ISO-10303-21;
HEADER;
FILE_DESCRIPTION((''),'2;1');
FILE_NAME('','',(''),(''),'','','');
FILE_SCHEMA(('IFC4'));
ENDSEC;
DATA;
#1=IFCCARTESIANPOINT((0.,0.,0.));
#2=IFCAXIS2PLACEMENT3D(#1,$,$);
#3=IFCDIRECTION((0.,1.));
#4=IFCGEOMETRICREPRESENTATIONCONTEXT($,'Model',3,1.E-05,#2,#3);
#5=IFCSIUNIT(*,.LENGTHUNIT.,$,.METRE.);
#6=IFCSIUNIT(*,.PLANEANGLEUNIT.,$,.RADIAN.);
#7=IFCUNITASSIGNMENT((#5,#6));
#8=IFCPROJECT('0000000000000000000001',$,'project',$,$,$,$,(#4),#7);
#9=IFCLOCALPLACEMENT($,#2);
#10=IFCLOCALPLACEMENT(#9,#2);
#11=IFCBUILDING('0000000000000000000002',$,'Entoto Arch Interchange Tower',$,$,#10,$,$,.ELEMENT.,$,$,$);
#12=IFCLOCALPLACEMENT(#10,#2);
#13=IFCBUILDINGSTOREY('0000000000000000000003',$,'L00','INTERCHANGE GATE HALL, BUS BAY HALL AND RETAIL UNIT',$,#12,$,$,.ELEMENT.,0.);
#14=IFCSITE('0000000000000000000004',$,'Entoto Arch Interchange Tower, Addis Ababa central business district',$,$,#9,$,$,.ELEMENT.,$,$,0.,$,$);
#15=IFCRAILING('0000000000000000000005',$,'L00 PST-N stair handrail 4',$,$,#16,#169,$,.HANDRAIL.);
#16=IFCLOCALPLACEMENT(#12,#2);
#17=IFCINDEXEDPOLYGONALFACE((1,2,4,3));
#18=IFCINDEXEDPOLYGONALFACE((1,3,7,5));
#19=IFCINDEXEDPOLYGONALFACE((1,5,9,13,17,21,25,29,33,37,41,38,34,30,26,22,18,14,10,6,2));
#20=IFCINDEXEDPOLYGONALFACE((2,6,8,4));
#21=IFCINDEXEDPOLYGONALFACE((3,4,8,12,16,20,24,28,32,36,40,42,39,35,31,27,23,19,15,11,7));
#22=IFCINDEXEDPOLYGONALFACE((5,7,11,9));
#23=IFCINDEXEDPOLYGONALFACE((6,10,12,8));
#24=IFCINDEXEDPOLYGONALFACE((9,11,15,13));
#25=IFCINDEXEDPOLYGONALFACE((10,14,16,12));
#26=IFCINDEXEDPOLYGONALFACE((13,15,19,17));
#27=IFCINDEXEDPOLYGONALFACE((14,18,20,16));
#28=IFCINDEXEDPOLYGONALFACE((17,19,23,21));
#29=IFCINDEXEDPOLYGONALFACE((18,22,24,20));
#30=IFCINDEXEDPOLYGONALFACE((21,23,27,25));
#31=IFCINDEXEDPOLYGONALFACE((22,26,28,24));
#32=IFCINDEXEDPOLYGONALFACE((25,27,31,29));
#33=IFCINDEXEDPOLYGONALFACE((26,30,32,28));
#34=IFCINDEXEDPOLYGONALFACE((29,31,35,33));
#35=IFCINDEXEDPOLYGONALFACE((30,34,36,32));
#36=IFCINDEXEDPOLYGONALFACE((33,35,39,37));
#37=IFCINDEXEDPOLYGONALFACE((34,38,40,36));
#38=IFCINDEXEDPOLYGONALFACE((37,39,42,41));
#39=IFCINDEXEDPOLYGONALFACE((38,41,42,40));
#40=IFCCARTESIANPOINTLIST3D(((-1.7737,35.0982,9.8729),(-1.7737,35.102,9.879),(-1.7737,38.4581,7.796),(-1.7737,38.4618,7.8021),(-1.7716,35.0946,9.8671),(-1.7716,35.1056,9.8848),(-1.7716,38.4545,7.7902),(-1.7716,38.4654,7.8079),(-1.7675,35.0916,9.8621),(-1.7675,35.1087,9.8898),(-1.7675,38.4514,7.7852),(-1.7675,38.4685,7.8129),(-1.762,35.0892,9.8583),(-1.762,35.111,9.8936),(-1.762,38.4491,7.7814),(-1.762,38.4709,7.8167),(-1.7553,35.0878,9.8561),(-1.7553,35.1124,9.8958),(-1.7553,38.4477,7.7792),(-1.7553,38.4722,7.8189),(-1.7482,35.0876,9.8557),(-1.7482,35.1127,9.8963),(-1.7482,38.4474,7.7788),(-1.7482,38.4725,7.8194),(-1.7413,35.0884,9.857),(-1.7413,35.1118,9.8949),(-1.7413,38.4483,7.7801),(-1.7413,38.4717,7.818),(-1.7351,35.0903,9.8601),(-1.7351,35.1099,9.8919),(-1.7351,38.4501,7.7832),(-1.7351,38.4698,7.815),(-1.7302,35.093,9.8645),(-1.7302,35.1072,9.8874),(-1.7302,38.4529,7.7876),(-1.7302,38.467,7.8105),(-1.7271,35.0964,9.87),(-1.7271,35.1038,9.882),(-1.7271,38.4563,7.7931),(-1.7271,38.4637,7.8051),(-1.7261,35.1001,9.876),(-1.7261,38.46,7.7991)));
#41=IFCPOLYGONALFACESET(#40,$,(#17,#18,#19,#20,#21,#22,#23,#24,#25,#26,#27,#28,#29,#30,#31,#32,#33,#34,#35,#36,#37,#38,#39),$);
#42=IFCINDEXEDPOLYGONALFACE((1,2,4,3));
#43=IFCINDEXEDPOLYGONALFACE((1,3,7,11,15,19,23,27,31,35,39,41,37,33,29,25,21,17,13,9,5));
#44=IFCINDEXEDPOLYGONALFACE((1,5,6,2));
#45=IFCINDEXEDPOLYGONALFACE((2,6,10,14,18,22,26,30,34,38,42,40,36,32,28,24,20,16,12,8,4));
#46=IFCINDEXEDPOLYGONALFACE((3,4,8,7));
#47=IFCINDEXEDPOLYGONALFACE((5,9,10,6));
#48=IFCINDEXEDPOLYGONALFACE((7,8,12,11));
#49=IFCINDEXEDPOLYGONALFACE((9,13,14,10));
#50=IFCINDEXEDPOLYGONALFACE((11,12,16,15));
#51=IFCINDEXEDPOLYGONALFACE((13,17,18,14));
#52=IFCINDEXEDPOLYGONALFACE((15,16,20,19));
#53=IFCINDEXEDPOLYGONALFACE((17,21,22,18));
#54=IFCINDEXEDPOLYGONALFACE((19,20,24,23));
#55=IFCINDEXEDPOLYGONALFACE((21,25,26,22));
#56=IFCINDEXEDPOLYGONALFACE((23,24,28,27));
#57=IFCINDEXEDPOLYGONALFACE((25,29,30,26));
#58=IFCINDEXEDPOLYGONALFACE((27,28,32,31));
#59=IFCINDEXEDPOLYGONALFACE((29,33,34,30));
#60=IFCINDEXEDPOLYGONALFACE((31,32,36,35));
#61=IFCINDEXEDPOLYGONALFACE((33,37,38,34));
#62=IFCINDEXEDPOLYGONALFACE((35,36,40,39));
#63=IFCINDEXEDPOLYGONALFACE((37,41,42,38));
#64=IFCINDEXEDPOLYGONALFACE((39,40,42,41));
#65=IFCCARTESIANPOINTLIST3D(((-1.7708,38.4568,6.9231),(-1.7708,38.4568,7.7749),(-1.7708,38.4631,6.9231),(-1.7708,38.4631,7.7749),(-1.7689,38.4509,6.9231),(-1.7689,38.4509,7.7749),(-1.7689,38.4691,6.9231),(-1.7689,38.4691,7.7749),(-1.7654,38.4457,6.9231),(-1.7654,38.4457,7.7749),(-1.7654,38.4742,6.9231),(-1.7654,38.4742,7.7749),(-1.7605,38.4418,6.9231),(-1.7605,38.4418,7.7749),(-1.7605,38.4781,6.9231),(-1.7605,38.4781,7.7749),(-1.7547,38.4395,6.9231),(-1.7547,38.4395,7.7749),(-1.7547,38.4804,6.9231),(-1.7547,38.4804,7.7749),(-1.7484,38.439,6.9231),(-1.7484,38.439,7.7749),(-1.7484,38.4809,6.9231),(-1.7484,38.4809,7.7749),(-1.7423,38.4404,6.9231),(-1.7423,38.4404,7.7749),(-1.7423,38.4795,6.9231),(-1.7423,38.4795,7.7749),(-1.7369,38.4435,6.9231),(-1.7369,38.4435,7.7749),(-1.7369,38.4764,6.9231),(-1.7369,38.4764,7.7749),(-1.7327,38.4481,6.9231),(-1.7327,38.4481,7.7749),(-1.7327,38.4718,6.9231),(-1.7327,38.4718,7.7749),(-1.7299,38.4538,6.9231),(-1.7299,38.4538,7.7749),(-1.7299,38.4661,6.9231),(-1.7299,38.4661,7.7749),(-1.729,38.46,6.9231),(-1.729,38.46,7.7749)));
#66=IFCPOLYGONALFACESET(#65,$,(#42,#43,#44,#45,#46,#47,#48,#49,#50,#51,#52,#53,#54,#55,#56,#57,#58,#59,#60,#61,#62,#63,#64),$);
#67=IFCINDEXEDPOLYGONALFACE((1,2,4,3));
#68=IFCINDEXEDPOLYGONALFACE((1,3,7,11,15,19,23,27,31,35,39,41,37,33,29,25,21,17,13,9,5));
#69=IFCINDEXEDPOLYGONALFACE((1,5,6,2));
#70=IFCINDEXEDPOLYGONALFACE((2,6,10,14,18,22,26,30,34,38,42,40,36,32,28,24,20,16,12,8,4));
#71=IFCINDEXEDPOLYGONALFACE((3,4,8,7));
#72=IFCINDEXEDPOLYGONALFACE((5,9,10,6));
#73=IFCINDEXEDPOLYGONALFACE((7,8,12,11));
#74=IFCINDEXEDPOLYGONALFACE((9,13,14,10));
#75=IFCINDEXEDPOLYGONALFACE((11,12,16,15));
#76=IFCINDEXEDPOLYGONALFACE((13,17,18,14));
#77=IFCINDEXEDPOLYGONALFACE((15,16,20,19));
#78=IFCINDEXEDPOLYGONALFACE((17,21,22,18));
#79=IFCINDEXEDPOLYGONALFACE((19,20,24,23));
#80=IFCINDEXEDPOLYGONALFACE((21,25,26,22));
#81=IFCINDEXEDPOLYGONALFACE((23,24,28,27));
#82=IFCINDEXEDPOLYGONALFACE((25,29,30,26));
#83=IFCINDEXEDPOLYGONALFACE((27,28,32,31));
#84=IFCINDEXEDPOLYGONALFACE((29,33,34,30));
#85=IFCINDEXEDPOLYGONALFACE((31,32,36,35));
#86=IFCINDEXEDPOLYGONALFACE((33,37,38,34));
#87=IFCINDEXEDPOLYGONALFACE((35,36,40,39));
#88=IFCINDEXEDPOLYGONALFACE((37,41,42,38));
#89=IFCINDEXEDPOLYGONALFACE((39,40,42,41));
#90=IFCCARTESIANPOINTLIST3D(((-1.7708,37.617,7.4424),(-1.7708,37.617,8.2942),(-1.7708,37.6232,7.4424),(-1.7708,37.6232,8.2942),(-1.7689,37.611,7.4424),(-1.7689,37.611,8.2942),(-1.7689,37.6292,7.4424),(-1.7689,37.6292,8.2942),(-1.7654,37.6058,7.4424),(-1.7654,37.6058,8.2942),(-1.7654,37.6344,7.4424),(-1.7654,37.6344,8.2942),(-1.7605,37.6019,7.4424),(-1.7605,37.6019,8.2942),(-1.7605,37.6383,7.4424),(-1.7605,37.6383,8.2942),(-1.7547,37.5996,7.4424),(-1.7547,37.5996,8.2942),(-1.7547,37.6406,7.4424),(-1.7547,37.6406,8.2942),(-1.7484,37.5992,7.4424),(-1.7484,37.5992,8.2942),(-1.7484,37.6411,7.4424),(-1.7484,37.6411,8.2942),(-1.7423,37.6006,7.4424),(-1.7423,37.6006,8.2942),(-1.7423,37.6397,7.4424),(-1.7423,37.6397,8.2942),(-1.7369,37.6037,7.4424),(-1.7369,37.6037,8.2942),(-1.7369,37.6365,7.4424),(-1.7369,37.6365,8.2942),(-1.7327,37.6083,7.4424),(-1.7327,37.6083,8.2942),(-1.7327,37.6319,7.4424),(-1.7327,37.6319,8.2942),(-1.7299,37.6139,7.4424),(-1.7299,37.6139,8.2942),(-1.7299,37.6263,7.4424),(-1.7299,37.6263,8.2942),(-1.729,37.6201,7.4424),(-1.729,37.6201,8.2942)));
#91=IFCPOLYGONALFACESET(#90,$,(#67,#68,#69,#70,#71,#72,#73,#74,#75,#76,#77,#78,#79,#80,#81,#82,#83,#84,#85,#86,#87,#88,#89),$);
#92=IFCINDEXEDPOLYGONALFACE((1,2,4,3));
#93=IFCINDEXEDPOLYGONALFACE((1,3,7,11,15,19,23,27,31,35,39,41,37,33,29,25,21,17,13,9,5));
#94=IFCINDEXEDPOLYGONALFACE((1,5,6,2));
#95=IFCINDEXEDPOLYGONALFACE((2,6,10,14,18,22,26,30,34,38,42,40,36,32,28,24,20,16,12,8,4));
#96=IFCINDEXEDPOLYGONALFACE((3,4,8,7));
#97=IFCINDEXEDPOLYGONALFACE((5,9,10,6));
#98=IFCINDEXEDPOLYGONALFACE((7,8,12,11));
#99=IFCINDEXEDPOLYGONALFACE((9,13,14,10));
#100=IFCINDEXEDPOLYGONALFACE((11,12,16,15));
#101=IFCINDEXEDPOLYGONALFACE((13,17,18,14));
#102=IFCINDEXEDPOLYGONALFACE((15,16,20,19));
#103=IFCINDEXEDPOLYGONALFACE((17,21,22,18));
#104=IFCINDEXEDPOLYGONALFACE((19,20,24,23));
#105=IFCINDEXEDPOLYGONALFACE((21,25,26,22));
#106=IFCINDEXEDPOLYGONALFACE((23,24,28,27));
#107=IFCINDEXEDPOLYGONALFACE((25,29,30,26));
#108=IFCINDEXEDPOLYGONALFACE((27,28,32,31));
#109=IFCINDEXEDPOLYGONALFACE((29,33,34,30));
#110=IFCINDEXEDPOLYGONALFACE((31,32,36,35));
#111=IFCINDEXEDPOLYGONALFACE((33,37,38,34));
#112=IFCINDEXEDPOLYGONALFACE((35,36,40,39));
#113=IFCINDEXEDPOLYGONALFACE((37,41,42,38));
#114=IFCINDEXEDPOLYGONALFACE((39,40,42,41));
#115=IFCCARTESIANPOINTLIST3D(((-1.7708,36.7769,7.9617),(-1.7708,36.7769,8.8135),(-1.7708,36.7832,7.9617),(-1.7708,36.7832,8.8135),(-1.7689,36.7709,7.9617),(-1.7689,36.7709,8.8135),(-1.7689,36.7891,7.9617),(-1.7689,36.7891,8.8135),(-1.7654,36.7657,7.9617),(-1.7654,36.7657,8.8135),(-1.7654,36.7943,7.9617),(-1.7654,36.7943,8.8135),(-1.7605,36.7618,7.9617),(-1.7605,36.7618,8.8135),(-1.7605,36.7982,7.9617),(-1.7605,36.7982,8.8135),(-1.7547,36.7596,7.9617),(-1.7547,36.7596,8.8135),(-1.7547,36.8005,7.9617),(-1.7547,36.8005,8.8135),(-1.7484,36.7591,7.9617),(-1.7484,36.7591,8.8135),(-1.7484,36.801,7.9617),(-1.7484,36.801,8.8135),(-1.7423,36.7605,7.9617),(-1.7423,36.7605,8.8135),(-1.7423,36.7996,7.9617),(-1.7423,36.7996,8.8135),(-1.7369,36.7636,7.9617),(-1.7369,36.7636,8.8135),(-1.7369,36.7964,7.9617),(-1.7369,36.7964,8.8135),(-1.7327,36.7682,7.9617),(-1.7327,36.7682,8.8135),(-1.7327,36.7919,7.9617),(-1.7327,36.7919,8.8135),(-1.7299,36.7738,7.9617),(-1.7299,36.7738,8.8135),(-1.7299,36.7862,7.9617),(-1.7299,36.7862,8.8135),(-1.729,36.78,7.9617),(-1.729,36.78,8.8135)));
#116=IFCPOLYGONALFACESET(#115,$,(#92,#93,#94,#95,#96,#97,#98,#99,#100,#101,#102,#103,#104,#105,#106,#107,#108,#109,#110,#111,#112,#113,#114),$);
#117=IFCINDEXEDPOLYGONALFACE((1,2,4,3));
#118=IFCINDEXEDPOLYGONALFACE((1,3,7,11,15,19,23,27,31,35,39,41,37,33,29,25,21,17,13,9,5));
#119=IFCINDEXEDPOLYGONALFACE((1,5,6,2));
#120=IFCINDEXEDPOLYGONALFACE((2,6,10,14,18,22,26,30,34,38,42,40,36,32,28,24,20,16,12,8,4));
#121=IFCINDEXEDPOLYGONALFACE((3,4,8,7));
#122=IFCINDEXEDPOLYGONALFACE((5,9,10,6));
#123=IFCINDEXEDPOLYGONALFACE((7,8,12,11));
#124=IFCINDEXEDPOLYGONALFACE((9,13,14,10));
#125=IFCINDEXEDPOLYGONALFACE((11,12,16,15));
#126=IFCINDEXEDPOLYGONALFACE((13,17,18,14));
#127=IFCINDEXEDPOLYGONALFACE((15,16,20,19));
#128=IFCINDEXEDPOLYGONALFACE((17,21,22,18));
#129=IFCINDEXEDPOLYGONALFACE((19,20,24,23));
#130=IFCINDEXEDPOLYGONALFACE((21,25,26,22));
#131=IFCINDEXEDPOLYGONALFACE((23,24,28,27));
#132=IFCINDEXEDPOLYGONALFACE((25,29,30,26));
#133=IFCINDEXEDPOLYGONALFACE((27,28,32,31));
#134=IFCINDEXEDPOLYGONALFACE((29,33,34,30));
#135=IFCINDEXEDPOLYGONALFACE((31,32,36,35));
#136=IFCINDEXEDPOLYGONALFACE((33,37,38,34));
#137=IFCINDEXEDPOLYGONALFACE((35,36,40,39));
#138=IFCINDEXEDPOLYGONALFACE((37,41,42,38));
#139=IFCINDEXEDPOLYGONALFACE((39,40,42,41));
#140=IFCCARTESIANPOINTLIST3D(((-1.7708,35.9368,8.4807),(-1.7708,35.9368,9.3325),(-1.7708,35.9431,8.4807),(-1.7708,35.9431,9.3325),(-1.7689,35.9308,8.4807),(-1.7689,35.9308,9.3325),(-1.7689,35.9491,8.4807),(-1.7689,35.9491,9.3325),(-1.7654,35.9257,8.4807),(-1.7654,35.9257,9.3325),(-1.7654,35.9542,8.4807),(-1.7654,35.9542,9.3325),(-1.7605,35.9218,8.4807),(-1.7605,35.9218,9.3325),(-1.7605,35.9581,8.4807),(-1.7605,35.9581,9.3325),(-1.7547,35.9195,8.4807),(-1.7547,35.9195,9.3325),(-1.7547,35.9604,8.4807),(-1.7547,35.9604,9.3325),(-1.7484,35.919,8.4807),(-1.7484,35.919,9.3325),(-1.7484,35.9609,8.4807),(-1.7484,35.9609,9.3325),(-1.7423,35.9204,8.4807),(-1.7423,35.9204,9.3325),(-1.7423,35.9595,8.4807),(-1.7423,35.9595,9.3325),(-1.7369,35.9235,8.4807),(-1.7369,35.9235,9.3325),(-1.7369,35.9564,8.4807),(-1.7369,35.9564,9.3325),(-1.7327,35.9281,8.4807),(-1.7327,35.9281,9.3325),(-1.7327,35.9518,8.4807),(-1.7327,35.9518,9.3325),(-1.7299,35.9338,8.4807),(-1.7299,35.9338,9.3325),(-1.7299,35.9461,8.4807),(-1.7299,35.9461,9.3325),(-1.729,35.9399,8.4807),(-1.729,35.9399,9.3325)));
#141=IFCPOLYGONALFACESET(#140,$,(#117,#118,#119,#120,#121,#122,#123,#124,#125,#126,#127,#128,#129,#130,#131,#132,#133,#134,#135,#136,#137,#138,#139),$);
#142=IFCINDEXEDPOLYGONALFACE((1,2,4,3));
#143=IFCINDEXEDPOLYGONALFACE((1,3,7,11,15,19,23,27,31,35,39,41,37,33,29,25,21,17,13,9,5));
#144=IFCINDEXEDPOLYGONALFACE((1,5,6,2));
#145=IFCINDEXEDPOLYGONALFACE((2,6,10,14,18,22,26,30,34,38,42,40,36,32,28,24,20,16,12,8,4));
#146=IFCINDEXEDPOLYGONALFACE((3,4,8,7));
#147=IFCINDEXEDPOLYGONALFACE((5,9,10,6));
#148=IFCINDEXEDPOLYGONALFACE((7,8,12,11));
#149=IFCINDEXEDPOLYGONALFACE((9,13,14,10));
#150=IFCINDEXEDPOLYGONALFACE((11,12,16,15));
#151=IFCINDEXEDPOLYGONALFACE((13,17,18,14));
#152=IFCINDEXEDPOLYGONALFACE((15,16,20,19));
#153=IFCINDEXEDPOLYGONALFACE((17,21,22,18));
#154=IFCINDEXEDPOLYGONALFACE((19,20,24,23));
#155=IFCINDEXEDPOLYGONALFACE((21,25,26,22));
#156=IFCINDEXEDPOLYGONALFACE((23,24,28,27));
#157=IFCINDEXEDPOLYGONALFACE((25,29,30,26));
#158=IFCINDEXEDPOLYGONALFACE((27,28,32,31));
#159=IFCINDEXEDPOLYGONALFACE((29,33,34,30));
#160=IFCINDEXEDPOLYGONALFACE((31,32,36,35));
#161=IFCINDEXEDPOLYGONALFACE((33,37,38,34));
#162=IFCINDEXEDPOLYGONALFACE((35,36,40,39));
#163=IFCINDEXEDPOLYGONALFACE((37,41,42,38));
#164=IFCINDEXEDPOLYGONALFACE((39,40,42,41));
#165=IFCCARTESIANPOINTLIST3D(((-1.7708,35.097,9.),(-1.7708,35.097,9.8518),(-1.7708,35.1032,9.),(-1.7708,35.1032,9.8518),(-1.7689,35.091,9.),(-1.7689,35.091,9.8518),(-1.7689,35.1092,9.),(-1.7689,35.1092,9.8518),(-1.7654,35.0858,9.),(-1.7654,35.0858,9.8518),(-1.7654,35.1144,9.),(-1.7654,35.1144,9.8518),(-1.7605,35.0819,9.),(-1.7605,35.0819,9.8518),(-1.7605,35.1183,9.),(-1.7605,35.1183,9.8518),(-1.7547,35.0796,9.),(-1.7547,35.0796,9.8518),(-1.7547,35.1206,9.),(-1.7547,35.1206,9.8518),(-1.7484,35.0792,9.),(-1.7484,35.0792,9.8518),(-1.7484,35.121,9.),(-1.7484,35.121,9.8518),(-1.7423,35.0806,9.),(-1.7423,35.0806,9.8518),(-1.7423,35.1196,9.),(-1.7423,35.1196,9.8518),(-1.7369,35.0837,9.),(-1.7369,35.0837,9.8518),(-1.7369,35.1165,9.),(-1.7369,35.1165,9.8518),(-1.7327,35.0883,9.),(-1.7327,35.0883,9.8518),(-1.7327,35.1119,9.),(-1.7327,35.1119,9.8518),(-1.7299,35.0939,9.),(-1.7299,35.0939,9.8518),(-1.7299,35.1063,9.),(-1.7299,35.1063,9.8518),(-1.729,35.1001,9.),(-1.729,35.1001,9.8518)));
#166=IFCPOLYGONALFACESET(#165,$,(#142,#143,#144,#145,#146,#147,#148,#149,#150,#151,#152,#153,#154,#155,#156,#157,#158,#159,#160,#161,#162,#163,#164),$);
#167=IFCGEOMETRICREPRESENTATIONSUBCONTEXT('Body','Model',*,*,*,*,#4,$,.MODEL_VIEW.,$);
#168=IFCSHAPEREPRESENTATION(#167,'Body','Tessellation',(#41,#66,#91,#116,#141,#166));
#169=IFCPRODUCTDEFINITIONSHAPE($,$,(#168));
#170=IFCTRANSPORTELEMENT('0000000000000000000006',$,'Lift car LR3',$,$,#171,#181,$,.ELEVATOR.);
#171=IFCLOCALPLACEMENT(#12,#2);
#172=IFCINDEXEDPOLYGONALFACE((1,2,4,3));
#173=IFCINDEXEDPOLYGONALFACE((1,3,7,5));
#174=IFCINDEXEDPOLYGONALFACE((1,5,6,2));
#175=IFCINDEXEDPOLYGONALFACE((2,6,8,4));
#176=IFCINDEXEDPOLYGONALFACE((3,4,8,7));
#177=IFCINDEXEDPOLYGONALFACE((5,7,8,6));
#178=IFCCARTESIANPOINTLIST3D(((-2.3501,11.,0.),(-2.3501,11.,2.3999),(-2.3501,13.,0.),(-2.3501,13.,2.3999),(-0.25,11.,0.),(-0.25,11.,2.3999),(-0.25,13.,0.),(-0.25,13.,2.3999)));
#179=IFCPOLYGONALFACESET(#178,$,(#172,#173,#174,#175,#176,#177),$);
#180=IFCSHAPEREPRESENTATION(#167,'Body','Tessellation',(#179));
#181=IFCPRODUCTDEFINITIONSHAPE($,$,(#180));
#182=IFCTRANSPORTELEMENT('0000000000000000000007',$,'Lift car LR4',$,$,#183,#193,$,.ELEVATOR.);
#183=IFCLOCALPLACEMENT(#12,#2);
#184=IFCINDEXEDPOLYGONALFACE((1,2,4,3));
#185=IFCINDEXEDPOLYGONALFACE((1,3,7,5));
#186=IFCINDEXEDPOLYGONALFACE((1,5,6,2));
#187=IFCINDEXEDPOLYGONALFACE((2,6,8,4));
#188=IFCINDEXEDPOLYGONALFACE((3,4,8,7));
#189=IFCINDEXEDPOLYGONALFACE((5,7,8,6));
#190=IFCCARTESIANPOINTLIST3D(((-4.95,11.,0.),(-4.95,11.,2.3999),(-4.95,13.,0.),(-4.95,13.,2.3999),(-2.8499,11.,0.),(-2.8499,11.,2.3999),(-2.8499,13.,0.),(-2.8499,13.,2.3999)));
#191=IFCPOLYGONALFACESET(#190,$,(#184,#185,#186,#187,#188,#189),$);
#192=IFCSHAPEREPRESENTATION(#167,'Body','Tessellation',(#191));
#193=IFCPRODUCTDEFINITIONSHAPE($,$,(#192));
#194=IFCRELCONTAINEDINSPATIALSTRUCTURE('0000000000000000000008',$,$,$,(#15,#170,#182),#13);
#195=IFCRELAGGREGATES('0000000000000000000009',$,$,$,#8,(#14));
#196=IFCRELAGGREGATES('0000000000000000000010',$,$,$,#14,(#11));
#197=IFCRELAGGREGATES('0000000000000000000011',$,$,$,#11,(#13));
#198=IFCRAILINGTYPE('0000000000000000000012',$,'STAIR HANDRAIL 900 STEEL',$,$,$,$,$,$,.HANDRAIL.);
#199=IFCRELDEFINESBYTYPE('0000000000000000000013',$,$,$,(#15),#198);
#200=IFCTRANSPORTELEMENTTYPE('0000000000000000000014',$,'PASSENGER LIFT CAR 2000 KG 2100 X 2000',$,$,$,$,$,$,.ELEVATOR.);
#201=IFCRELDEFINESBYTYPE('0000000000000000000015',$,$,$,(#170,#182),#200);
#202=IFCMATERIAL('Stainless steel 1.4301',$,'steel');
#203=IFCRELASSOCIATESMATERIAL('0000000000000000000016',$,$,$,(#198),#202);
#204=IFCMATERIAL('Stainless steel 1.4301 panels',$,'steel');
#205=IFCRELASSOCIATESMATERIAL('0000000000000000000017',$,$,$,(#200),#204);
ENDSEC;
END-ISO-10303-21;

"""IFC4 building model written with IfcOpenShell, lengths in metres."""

from ifc_helpers import new_model, si_unit, direction, frame, origin, origin_2d, place, context, subcontext, project, spatial, rectangle, circle, extrude, material, type_object, element, save


model = new_model("IFC4")

# Units and contexts
model_context = context("Model", 3, precision=1e-05, world=origin(), true_north=direction((0.0, 1.0)))
body_context = subcontext(model_context, "Body", "Model", "MODEL_VIEW")
ifc_project = project(units=[si_unit("LENGTHUNIT", "METRE"), si_unit("PLANEANGLEUNIT", "RADIAN")], contexts=[model_context])

# Site, building, storey
site_placement = place(None, origin())
site = spatial("IfcSite", under=ifc_project, at=site_placement, Name="Entoto Arch Interchange Tower, Addis Ababa central business district", CompositionType="ELEMENT", RefElevation=0.0)
building_placement = place(site_placement, origin())
building = spatial("IfcBuilding", under=site, at=building_placement, Name="Entoto Arch Interchange Tower", CompositionType="ELEMENT")
storey_placement = place(building_placement, origin())
storey = spatial("IfcBuildingStorey", under=building, at=storey_placement, Name="L00", Description="INTERCHANGE GATE HALL, BUS BAY HALL AND RETAIL UNIT", CompositionType="ELEMENT", Elevation=0.0)

# Shared definitions
ifc_material_1 = material(Name="Stainless steel 1.4301 panels", Category="steel")

# Railing
ifc_material_2 = material(Name="Stainless steel 1.4301", Category="steel")
railing_type_1 = type_object("IfcRailingType", Name="STAIR HANDRAIL 900 STEEL", PredefinedType="HANDRAIL", material=ifc_material_2)
for number, where, name in (
    (1, (-1.75, 38.46, 6.9231), "L00 PST-N stair handrail 4"),
):
    element("IfcRailing", number, at=place(storey_placement, frame(where)), inside=storey, type_object=railing_type_1, Name=name, PredefinedType="HANDRAIL", context=body_context, shape_type="SweptSolid", body=[
        extrude(circle(Radius=0.0239, at=origin_2d()), frame((0.0, 0.0, 0.876), z_axis=(0.0, -0.850606, 0.525803), x_axis=(1.0, 0.0, 0.0)), (0.0, 0.0, 1.0), 3.95),
        extrude(circle(Radius=0.021, at=origin_2d()), origin(), (0.0, 0.0, 1.0), 0.8518),
        extrude(circle(Radius=0.021, at=origin_2d()), frame((0.0, -0.8398, 0.5193)), (0.0, 0.0, 1.0), 0.8518),
        extrude(circle(Radius=0.021, at=origin_2d()), frame((0.0, -1.6799, 1.0386)), (0.0, 0.0, 1.0), 0.8518),
        extrude(circle(Radius=0.021, at=origin_2d()), frame((0.0, -2.52, 1.5576)), (0.0, 0.0, 1.0), 0.8518),
        extrude(circle(Radius=0.021, at=origin_2d()), frame((0.0, -3.3599, 2.0769)), (0.0, 0.0, 1.0), 0.8518),
    ])

# Transport elements
transport_element_type = type_object("IfcTransportElementType", Name="PASSENGER LIFT CAR 2000 KG 2100 X 2000", PredefinedType="ELEVATOR", material=ifc_material_1)
for number, where, z_axis, x_axis, name in (
    (2, (-1.3, 12.0, 0.0), (0.0, 0.0, 1.0), (1.0, 0.0, 0.0), "Lift car LR3"),
    (3, (-3.8999, 12.0, 0.0), (0.0, 0.0, 1.0), (1.0, 0.0, 0.0), "Lift car LR4"),
):
    element("IfcTransportElement", number, at=place(storey_placement, frame(where, z_axis=z_axis, x_axis=x_axis)), inside=storey, type_object=transport_element_type, Name=name, PredefinedType="ELEVATOR", context=body_context, shape_type="SweptSolid", body=[
        extrude(rectangle(XDim=2.1001, YDim=2.0, at=origin_2d()), origin(), (0.0, 0.0, 1.0), 2.3999),
    ])

save(model, "model.ifc")
